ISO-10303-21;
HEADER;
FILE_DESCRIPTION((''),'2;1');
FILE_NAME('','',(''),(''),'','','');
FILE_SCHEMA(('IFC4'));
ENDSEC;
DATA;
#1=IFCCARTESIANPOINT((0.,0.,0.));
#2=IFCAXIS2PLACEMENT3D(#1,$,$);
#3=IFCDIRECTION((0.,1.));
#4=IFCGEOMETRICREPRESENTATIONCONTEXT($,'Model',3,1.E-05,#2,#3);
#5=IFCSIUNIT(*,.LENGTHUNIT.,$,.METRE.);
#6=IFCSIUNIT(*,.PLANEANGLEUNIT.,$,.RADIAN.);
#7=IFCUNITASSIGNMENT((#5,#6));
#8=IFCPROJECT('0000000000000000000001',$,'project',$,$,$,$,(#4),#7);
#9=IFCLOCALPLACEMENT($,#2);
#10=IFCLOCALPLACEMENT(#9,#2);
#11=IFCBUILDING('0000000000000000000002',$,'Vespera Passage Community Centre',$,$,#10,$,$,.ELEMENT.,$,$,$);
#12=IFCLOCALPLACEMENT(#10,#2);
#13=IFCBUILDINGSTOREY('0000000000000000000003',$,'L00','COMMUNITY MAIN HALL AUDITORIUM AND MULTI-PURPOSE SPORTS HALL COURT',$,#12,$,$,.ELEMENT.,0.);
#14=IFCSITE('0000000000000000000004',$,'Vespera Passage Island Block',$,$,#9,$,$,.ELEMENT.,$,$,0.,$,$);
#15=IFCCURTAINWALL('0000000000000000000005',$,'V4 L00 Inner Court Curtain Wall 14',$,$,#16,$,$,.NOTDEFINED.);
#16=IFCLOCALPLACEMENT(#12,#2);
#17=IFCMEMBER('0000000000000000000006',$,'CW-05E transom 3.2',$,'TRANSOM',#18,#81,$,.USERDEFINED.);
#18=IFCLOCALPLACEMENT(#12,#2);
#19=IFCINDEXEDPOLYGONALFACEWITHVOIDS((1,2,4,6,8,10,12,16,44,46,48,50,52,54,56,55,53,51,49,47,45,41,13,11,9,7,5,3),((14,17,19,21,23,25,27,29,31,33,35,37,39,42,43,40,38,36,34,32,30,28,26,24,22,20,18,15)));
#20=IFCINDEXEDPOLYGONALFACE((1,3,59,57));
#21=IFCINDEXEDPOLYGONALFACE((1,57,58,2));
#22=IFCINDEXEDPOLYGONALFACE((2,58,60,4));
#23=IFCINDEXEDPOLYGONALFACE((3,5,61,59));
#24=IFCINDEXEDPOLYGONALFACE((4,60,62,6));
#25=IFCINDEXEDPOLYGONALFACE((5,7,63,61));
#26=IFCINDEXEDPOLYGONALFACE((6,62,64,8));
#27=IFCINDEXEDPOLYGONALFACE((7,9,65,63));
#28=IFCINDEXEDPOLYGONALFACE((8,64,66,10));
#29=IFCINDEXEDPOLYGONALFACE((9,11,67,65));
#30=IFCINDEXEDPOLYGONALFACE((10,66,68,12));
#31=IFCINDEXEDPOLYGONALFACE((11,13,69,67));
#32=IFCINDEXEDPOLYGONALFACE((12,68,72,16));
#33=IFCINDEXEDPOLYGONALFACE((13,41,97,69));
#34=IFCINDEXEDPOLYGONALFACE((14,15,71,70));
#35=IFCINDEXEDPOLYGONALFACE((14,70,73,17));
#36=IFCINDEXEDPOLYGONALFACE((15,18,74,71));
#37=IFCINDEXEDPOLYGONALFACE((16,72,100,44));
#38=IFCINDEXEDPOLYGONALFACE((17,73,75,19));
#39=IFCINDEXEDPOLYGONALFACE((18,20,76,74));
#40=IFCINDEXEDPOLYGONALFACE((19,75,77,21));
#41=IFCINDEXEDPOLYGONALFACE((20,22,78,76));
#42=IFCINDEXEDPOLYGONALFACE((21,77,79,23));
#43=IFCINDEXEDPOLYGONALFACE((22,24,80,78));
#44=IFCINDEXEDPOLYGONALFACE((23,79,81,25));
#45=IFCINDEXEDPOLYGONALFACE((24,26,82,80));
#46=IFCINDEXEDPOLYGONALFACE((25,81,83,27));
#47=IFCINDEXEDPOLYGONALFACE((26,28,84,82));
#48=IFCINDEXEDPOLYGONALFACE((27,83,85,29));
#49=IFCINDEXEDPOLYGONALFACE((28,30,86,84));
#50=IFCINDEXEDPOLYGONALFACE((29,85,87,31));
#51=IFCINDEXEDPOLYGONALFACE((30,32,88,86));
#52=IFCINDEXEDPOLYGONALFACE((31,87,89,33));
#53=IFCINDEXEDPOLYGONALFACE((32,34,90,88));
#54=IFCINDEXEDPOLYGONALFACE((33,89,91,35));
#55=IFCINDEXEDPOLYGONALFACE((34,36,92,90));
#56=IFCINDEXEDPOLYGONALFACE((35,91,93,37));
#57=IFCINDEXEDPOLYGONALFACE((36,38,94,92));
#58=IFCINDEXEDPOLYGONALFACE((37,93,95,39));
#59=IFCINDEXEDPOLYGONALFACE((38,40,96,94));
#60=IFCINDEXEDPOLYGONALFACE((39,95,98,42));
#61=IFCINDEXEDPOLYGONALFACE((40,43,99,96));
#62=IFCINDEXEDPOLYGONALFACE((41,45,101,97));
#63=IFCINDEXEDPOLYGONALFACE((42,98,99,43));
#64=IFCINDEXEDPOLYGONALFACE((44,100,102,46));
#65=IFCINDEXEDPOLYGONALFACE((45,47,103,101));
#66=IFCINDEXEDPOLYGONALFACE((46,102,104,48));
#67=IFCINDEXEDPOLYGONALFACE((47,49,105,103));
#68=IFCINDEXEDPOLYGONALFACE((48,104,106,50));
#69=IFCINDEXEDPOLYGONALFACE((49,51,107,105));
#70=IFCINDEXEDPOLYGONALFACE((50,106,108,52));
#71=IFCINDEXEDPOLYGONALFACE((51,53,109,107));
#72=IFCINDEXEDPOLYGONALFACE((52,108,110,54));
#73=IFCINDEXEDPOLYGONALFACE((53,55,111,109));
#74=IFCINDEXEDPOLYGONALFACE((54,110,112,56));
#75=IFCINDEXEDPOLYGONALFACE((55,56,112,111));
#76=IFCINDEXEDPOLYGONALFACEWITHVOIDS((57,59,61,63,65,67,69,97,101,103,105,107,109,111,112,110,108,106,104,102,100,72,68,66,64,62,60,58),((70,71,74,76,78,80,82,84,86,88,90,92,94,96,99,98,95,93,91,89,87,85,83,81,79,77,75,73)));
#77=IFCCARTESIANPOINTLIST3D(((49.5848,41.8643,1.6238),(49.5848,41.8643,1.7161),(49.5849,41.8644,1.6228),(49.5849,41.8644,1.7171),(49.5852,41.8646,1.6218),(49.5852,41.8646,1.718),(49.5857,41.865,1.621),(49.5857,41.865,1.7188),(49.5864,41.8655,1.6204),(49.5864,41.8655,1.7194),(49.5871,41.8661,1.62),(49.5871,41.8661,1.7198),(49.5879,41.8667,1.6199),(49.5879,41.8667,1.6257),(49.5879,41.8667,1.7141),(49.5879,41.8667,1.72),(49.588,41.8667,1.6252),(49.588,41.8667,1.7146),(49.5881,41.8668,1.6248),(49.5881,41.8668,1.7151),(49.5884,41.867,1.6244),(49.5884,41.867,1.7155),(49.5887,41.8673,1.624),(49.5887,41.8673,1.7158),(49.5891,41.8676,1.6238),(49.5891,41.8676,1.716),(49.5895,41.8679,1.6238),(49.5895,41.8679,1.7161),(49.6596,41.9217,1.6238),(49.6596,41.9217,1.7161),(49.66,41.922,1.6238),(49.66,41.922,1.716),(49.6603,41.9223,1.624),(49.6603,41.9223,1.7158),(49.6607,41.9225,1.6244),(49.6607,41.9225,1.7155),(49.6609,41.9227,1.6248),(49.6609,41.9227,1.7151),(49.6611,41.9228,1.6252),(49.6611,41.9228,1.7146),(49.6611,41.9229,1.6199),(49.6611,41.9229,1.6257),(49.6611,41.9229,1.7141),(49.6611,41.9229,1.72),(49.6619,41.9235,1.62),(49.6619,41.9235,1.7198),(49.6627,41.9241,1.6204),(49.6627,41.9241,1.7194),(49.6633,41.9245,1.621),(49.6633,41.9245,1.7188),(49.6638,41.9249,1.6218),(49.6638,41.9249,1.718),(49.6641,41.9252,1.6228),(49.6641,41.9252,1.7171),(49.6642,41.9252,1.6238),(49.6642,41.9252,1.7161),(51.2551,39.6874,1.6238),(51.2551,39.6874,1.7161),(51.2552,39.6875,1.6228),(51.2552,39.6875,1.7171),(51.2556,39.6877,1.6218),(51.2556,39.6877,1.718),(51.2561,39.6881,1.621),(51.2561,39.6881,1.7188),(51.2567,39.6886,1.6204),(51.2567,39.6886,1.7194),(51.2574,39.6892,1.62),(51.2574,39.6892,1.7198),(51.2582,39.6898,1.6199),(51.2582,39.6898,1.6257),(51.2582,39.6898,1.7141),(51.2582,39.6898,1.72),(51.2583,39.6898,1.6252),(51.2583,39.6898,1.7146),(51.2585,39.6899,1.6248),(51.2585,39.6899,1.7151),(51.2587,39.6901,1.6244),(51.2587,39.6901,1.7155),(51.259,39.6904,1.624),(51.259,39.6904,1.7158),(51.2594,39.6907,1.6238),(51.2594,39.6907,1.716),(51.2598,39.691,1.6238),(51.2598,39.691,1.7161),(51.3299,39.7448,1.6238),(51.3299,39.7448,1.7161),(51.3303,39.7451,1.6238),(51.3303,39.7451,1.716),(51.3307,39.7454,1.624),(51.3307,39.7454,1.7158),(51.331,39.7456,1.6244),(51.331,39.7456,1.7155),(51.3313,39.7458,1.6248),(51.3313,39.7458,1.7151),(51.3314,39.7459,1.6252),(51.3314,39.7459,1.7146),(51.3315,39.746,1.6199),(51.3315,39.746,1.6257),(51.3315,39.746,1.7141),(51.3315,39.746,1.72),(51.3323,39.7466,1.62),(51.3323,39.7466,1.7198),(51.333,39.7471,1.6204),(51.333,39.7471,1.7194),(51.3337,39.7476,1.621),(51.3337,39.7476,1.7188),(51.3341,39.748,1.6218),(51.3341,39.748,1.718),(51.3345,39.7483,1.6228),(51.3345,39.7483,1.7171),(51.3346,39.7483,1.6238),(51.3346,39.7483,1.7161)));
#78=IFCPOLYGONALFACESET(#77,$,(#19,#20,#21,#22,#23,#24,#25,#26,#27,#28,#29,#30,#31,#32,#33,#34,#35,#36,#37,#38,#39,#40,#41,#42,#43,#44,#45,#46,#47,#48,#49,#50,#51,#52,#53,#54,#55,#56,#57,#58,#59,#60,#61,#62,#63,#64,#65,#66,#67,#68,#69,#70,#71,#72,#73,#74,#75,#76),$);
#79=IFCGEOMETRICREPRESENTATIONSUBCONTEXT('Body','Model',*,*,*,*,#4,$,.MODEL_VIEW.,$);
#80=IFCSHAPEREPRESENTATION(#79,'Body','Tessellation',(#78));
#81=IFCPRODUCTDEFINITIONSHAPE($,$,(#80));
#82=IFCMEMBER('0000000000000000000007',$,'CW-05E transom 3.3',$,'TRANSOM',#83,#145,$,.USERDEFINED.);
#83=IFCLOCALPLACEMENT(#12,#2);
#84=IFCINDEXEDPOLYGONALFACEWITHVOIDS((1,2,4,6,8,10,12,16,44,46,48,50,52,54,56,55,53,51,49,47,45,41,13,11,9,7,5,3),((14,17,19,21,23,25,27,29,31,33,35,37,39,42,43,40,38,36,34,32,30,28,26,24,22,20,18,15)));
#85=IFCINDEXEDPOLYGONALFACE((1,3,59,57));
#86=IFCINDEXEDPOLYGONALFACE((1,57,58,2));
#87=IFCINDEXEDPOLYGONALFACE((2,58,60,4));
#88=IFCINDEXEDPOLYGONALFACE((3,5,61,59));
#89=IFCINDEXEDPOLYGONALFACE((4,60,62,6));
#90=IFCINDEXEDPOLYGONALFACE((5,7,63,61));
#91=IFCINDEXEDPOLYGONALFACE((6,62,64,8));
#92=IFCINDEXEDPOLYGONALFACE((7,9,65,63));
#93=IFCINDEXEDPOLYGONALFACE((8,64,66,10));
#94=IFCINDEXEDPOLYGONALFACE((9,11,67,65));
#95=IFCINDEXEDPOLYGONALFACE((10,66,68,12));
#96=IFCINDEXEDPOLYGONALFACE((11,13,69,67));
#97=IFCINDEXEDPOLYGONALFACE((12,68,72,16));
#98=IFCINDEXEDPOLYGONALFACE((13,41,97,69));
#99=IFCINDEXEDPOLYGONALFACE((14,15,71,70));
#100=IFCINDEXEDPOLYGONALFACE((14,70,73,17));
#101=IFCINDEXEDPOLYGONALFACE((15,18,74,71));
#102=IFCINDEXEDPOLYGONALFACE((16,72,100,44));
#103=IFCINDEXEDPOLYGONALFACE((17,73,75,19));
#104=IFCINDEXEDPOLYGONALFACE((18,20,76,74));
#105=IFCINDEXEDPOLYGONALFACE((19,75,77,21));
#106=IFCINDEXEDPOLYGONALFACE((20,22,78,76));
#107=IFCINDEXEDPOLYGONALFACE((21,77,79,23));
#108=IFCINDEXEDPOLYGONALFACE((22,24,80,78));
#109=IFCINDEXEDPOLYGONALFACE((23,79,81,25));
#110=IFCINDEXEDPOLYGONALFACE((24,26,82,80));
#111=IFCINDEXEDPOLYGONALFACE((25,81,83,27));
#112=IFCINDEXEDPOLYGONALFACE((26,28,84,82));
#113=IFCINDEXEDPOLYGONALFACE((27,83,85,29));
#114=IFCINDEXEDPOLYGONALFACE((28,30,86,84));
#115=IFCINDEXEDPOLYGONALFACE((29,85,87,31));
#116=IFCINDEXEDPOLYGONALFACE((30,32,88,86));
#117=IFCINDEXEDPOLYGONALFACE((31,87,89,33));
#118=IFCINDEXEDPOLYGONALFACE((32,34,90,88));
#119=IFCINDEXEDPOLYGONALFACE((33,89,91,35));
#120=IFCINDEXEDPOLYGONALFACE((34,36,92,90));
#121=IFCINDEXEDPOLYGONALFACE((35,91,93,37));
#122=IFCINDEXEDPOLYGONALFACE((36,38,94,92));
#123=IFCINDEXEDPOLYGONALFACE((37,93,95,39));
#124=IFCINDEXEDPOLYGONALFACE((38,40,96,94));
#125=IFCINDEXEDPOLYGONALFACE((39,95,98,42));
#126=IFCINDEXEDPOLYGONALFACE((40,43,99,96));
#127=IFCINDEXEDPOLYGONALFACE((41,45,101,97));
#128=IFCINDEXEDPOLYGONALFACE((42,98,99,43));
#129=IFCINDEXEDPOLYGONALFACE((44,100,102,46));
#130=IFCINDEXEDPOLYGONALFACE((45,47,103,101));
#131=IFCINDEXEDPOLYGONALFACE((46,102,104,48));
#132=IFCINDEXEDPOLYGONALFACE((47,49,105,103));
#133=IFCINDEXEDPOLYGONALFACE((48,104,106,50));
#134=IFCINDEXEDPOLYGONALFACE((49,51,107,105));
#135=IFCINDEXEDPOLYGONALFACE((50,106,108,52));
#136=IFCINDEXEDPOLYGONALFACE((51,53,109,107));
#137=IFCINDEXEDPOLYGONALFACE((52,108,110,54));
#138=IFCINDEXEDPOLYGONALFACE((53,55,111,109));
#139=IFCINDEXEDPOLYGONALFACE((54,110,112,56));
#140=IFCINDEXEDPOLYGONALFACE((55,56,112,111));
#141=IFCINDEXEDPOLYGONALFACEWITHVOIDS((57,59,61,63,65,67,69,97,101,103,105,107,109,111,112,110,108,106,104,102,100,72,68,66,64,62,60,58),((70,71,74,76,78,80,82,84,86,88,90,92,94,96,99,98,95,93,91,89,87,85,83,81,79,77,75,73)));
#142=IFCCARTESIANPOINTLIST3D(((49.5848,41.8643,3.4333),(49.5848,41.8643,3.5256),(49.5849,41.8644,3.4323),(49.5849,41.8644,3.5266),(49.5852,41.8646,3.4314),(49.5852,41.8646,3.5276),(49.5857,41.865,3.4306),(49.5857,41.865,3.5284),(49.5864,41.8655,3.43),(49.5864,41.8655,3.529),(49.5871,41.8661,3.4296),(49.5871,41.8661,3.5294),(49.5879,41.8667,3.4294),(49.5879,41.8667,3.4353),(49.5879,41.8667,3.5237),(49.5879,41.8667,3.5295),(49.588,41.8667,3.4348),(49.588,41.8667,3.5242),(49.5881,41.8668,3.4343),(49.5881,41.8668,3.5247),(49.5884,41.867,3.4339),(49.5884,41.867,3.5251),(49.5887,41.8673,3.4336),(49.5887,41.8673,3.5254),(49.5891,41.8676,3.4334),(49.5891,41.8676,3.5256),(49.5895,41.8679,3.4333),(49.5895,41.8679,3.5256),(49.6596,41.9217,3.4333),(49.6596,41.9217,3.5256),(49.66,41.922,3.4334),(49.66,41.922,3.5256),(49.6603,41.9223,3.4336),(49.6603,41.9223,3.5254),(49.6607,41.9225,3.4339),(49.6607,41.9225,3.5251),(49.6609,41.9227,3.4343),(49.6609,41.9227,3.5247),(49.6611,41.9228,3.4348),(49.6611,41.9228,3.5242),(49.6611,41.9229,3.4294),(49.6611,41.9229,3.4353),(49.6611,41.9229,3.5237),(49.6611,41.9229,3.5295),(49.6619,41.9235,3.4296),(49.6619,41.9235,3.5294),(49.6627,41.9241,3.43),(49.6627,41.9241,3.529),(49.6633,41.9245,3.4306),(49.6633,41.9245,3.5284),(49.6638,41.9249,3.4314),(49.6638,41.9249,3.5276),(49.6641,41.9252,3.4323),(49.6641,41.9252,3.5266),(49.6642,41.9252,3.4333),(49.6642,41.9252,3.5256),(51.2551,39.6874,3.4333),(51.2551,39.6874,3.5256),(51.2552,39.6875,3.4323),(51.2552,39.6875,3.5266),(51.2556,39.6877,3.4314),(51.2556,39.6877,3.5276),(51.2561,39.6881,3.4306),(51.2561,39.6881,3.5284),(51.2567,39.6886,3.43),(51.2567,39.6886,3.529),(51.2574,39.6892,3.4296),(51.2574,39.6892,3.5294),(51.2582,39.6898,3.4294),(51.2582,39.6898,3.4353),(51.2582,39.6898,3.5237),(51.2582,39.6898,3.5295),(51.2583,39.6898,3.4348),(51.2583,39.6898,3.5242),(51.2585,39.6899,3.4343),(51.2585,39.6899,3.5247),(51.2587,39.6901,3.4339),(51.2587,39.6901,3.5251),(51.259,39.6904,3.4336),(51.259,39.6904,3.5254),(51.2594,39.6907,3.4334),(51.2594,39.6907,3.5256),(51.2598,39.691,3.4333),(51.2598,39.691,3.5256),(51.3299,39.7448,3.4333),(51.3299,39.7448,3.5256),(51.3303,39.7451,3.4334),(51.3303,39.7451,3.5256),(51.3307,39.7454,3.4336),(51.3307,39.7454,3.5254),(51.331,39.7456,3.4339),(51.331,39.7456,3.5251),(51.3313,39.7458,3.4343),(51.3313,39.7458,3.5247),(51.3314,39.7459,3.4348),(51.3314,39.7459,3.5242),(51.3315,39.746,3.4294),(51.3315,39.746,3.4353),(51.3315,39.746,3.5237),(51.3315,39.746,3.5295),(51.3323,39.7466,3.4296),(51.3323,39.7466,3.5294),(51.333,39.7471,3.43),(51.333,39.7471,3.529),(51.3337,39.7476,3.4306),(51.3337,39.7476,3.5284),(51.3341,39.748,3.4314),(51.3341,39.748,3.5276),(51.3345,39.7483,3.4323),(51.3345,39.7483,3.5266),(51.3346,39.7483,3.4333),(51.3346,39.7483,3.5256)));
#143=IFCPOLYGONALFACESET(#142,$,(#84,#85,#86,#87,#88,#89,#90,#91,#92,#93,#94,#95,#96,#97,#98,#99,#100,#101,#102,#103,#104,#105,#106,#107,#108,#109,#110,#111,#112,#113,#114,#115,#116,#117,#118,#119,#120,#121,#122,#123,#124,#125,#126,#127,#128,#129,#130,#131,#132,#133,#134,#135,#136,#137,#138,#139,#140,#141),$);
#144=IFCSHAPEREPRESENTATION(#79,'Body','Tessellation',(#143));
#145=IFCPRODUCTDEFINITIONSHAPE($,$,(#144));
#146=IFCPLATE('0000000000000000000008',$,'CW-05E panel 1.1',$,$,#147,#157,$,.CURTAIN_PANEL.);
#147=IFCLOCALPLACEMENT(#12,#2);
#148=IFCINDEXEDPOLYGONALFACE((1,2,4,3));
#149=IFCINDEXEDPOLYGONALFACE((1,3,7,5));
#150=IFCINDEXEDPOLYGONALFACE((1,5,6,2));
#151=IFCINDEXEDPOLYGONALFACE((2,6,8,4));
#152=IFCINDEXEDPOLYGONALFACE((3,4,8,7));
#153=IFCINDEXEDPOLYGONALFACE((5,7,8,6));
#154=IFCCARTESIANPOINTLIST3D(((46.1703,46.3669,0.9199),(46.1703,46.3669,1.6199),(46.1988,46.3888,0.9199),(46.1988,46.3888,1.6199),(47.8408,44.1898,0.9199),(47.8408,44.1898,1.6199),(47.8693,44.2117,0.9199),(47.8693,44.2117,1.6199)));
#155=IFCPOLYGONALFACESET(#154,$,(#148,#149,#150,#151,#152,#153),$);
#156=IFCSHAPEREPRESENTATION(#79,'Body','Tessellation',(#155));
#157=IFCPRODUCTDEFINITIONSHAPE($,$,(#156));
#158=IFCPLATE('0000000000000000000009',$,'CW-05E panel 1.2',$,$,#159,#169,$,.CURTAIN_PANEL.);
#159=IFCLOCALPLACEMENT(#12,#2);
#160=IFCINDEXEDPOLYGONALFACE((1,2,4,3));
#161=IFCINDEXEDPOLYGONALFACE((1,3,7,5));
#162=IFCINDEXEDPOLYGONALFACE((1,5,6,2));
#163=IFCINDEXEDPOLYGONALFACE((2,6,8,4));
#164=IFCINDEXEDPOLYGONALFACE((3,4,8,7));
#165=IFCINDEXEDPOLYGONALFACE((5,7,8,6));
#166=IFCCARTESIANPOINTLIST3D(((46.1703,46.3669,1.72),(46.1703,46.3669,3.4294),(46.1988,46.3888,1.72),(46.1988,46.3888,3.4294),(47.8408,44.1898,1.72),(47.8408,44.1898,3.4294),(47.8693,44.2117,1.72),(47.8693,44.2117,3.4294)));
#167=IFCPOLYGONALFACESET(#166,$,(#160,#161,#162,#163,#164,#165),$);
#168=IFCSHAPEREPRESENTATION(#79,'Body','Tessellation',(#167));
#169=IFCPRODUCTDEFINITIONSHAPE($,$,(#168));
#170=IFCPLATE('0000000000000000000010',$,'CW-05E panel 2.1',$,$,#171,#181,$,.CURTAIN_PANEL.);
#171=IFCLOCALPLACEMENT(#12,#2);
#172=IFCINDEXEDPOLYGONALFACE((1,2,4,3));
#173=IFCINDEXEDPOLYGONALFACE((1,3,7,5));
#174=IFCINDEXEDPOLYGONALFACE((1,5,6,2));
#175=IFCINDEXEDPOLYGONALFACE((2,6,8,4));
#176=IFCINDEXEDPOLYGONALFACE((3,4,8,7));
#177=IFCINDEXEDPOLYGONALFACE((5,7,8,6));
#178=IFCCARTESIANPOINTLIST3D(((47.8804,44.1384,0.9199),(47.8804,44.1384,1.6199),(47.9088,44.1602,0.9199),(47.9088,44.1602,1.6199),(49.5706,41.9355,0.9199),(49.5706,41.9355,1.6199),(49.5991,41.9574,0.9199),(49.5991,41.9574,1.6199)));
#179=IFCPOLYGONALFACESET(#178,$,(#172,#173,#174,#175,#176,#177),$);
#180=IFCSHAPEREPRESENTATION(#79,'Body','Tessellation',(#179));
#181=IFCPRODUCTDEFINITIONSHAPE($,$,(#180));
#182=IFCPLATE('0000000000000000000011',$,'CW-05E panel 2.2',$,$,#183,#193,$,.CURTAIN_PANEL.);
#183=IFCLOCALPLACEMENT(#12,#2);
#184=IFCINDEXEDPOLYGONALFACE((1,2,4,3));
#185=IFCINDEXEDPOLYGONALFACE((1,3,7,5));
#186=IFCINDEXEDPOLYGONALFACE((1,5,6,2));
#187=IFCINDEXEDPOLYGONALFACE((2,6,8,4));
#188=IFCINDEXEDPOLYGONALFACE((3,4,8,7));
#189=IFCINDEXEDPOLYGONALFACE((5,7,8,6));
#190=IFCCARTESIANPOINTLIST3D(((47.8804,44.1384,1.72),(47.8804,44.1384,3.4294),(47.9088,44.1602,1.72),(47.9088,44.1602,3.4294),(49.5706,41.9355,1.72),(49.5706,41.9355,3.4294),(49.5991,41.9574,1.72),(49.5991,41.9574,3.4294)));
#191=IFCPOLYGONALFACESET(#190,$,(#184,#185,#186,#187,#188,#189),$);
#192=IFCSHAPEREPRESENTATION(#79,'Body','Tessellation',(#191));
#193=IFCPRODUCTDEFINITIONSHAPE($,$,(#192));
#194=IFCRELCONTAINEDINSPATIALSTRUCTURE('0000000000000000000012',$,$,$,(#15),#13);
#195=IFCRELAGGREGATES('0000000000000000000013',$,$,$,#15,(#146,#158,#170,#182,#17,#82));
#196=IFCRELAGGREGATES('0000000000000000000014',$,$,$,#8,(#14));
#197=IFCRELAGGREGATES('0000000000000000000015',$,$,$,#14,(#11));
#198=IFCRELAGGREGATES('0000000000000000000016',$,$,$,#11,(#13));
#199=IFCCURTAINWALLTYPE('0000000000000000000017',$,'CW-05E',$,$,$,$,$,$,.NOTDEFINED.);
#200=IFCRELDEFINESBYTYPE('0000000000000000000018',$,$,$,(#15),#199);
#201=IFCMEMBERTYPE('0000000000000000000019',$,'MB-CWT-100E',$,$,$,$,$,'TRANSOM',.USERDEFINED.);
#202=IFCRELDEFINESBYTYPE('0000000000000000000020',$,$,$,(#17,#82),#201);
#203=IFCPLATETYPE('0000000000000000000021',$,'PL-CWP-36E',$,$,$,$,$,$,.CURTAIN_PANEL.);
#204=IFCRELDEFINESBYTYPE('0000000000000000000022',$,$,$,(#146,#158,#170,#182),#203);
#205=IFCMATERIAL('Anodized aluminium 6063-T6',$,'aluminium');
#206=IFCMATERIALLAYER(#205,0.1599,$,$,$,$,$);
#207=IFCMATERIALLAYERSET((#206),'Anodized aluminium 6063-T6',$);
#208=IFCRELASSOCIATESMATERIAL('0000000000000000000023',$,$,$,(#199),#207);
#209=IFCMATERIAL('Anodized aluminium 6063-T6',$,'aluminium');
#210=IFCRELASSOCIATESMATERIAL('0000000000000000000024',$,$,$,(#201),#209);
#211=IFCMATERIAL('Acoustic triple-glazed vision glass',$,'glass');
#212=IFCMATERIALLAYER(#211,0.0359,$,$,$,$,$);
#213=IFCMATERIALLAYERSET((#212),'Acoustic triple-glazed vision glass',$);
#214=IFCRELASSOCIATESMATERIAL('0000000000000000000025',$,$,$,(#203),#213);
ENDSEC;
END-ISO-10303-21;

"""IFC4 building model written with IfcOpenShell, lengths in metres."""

from ifc_helpers import new_model, si_unit, direction, frame, origin, origin_2d, place, context, subcontext, project, spatial, rectangle, hollow_rectangle, extrude, material, layer, layer_set, material_profile, profile_set, type_object, element, aggregate, save


model = new_model("IFC4")

# Units and contexts
model_context = context("Model", 3, precision=1e-05, world=origin(), true_north=direction((0.0, 1.0)))
body_context = subcontext(model_context, "Body", "Model", "MODEL_VIEW")
ifc_project = project(units=[si_unit("LENGTHUNIT", "METRE"), si_unit("PLANEANGLEUNIT", "RADIAN")], contexts=[model_context])

# Site, building, storey
site_placement = place(None, origin())
site = spatial("IfcSite", under=ifc_project, at=site_placement, Name="Vespera Passage Island Block", CompositionType="ELEMENT", RefElevation=0.0)
building_placement = place(site_placement, origin())
building = spatial("IfcBuilding", under=site, at=building_placement, Name="Vespera Passage Community Centre", CompositionType="ELEMENT")
storey_placement = place(building_placement, origin())
storey = spatial("IfcBuildingStorey", under=building, at=storey_placement, Name="L00", Description="COMMUNITY MAIN HALL AUDITORIUM AND MULTI-PURPOSE SPORTS HALL COURT", CompositionType="ELEMENT", Elevation=0.0)

# Curtain wall, members, plates
ifc_material_1 = material(Name="Anodized aluminium 6063-T6", Category="aluminium")
ifc_layer_1 = layer(ifc_material_1, 0.1599)
ifc_layer_set_1 = layer_set([ifc_layer_1], Name="Anodized aluminium 6063-T6")
curtain_wall_type = type_object("IfcCurtainWallType", Name="CW-05E", PredefinedType="NOTDEFINED", material=ifc_layer_set_1)
curtain_wall_placement = place(storey_placement, origin())
curtain_wall = element("IfcCurtainWall", 1, at=curtain_wall_placement, inside=storey, type_object=curtain_wall_type, Name="V4 L00 Inner Court Curtain Wall 14", PredefinedType="NOTDEFINED")
ifc_material_2 = material(Name="Anodized aluminium 6063-T6", Category="aluminium")
ifc_material_profile_1 = material_profile(ifc_material_2, hollow_rectangle(XDim=0.1001, YDim=0.1001, WallThickness=0.0039, InnerFilletRadius=0.002, OuterFilletRadius=0.0039, at=origin_2d()), Name="ALU100X100X4")
ifc_profile_set_1 = profile_set([ifc_material_profile_1], Name="Anodized aluminium 6063-T6")
member_type_1 = type_object("IfcMemberType", Name="MB-CWT-100E", ElementType="TRANSOM", PredefinedType="USERDEFINED", material=ifc_profile_set_1)
member_1_placement = place(storey_placement, frame((49.6245, 41.8948, 1.6699), z_axis=(0.608747, -0.793364, 0.0), x_axis=(0.793364, 0.608747, 0.0)))
member_1 = element("IfcMember", 2, at=member_1_placement, type_object=member_type_1, Name="CW-05E transom 3.2", ObjectType="TRANSOM", PredefinedType="USERDEFINED", context=body_context, shape_type="SweptSolid", body=[
    extrude(hollow_rectangle(XDim=0.1001, YDim=0.1001, WallThickness=0.0039, InnerFilletRadius=0.002, OuterFilletRadius=0.0039, at=origin_2d()), origin(), (0.0, 0.0, 1.0), 2.7439),
])
member_2_placement = place(storey_placement, frame((49.6245, 41.8948, 3.4795), z_axis=(0.608747, -0.793364, 0.0), x_axis=(0.793364, 0.608747, 0.0)))
member_2 = element("IfcMember", 3, at=member_2_placement, type_object=member_type_1, Name="CW-05E transom 3.3", ObjectType="TRANSOM", PredefinedType="USERDEFINED", context=body_context, shape_type="SweptSolid", body=[
    extrude(hollow_rectangle(XDim=0.1001, YDim=0.1001, WallThickness=0.0039, InnerFilletRadius=0.002, OuterFilletRadius=0.0039, at=origin_2d()), origin(), (0.0, 0.0, 1.0), 2.7439),
])
ifc_material_3 = material(Name="Acoustic triple-glazed vision glass", Category="glass")
ifc_layer_2 = layer(ifc_material_3, 0.0359)
ifc_layer_set_2 = layer_set([ifc_layer_2], Name="Acoustic triple-glazed vision glass")
plate_type = type_object("IfcPlateType", Name="PL-CWP-36E", PredefinedType="CURTAIN_PANEL", material=ifc_layer_set_2)
plate_1_placement = place(storey_placement, frame((47.0198, 45.2893, 0.9199), z_axis=(0.0, 0.0, 1.0), x_axis=(0.608755, -0.793358, 0.0)))
plate_1 = element("IfcPlate", 4, at=plate_1_placement, type_object=plate_type, Name="CW-05E panel 1.1", PredefinedType="CURTAIN_PANEL", context=body_context, shape_type="SweptSolid", body=[
    extrude(rectangle(XDim=2.7441, YDim=0.0359, at=origin_2d()), origin(), (0.0, 0.0, 1.0), 0.7),
])
plate_2_placement = place(storey_placement, frame((47.0198, 45.2893, 1.72), z_axis=(0.0, 0.0, 1.0), x_axis=(0.608755, -0.793358, 0.0)))
plate_2 = element("IfcPlate", 5, at=plate_2_placement, type_object=plate_type, Name="CW-05E panel 1.2", PredefinedType="CURTAIN_PANEL", context=body_context, shape_type="SweptSolid", body=[
    extrude(rectangle(XDim=2.7441, YDim=0.0359, at=origin_2d()), origin(), (0.0, 0.0, 1.0), 1.7095),
])
plate_3_placement = place(storey_placement, frame((48.7397, 43.0479, 0.9199), z_axis=(0.0, 0.0, 1.0), x_axis=(0.608755, -0.793358, 0.0)))
plate_3 = element("IfcPlate", 6, at=plate_3_placement, type_object=plate_type, Name="CW-05E panel 2.1", PredefinedType="CURTAIN_PANEL", context=body_context, shape_type="SweptSolid", body=[
    extrude(rectangle(XDim=2.7766, YDim=0.0359, at=origin_2d()), origin(), (0.0, 0.0, 1.0), 0.7),
])
plate_4_placement = place(storey_placement, frame((48.7397, 43.0479, 1.72), z_axis=(0.0, 0.0, 1.0), x_axis=(0.608755, -0.793358, 0.0)))
plate_4 = element("IfcPlate", 7, at=plate_4_placement, type_object=plate_type, Name="CW-05E panel 2.2", PredefinedType="CURTAIN_PANEL", context=body_context, shape_type="SweptSolid", body=[
    extrude(rectangle(XDim=2.7766, YDim=0.0359, at=origin_2d()), origin(), (0.0, 0.0, 1.0), 1.7095),
])
aggregate(curtain_wall, [plate_1, plate_2, plate_3, plate_4, member_1, member_2])

save(model, "model.ifc")
